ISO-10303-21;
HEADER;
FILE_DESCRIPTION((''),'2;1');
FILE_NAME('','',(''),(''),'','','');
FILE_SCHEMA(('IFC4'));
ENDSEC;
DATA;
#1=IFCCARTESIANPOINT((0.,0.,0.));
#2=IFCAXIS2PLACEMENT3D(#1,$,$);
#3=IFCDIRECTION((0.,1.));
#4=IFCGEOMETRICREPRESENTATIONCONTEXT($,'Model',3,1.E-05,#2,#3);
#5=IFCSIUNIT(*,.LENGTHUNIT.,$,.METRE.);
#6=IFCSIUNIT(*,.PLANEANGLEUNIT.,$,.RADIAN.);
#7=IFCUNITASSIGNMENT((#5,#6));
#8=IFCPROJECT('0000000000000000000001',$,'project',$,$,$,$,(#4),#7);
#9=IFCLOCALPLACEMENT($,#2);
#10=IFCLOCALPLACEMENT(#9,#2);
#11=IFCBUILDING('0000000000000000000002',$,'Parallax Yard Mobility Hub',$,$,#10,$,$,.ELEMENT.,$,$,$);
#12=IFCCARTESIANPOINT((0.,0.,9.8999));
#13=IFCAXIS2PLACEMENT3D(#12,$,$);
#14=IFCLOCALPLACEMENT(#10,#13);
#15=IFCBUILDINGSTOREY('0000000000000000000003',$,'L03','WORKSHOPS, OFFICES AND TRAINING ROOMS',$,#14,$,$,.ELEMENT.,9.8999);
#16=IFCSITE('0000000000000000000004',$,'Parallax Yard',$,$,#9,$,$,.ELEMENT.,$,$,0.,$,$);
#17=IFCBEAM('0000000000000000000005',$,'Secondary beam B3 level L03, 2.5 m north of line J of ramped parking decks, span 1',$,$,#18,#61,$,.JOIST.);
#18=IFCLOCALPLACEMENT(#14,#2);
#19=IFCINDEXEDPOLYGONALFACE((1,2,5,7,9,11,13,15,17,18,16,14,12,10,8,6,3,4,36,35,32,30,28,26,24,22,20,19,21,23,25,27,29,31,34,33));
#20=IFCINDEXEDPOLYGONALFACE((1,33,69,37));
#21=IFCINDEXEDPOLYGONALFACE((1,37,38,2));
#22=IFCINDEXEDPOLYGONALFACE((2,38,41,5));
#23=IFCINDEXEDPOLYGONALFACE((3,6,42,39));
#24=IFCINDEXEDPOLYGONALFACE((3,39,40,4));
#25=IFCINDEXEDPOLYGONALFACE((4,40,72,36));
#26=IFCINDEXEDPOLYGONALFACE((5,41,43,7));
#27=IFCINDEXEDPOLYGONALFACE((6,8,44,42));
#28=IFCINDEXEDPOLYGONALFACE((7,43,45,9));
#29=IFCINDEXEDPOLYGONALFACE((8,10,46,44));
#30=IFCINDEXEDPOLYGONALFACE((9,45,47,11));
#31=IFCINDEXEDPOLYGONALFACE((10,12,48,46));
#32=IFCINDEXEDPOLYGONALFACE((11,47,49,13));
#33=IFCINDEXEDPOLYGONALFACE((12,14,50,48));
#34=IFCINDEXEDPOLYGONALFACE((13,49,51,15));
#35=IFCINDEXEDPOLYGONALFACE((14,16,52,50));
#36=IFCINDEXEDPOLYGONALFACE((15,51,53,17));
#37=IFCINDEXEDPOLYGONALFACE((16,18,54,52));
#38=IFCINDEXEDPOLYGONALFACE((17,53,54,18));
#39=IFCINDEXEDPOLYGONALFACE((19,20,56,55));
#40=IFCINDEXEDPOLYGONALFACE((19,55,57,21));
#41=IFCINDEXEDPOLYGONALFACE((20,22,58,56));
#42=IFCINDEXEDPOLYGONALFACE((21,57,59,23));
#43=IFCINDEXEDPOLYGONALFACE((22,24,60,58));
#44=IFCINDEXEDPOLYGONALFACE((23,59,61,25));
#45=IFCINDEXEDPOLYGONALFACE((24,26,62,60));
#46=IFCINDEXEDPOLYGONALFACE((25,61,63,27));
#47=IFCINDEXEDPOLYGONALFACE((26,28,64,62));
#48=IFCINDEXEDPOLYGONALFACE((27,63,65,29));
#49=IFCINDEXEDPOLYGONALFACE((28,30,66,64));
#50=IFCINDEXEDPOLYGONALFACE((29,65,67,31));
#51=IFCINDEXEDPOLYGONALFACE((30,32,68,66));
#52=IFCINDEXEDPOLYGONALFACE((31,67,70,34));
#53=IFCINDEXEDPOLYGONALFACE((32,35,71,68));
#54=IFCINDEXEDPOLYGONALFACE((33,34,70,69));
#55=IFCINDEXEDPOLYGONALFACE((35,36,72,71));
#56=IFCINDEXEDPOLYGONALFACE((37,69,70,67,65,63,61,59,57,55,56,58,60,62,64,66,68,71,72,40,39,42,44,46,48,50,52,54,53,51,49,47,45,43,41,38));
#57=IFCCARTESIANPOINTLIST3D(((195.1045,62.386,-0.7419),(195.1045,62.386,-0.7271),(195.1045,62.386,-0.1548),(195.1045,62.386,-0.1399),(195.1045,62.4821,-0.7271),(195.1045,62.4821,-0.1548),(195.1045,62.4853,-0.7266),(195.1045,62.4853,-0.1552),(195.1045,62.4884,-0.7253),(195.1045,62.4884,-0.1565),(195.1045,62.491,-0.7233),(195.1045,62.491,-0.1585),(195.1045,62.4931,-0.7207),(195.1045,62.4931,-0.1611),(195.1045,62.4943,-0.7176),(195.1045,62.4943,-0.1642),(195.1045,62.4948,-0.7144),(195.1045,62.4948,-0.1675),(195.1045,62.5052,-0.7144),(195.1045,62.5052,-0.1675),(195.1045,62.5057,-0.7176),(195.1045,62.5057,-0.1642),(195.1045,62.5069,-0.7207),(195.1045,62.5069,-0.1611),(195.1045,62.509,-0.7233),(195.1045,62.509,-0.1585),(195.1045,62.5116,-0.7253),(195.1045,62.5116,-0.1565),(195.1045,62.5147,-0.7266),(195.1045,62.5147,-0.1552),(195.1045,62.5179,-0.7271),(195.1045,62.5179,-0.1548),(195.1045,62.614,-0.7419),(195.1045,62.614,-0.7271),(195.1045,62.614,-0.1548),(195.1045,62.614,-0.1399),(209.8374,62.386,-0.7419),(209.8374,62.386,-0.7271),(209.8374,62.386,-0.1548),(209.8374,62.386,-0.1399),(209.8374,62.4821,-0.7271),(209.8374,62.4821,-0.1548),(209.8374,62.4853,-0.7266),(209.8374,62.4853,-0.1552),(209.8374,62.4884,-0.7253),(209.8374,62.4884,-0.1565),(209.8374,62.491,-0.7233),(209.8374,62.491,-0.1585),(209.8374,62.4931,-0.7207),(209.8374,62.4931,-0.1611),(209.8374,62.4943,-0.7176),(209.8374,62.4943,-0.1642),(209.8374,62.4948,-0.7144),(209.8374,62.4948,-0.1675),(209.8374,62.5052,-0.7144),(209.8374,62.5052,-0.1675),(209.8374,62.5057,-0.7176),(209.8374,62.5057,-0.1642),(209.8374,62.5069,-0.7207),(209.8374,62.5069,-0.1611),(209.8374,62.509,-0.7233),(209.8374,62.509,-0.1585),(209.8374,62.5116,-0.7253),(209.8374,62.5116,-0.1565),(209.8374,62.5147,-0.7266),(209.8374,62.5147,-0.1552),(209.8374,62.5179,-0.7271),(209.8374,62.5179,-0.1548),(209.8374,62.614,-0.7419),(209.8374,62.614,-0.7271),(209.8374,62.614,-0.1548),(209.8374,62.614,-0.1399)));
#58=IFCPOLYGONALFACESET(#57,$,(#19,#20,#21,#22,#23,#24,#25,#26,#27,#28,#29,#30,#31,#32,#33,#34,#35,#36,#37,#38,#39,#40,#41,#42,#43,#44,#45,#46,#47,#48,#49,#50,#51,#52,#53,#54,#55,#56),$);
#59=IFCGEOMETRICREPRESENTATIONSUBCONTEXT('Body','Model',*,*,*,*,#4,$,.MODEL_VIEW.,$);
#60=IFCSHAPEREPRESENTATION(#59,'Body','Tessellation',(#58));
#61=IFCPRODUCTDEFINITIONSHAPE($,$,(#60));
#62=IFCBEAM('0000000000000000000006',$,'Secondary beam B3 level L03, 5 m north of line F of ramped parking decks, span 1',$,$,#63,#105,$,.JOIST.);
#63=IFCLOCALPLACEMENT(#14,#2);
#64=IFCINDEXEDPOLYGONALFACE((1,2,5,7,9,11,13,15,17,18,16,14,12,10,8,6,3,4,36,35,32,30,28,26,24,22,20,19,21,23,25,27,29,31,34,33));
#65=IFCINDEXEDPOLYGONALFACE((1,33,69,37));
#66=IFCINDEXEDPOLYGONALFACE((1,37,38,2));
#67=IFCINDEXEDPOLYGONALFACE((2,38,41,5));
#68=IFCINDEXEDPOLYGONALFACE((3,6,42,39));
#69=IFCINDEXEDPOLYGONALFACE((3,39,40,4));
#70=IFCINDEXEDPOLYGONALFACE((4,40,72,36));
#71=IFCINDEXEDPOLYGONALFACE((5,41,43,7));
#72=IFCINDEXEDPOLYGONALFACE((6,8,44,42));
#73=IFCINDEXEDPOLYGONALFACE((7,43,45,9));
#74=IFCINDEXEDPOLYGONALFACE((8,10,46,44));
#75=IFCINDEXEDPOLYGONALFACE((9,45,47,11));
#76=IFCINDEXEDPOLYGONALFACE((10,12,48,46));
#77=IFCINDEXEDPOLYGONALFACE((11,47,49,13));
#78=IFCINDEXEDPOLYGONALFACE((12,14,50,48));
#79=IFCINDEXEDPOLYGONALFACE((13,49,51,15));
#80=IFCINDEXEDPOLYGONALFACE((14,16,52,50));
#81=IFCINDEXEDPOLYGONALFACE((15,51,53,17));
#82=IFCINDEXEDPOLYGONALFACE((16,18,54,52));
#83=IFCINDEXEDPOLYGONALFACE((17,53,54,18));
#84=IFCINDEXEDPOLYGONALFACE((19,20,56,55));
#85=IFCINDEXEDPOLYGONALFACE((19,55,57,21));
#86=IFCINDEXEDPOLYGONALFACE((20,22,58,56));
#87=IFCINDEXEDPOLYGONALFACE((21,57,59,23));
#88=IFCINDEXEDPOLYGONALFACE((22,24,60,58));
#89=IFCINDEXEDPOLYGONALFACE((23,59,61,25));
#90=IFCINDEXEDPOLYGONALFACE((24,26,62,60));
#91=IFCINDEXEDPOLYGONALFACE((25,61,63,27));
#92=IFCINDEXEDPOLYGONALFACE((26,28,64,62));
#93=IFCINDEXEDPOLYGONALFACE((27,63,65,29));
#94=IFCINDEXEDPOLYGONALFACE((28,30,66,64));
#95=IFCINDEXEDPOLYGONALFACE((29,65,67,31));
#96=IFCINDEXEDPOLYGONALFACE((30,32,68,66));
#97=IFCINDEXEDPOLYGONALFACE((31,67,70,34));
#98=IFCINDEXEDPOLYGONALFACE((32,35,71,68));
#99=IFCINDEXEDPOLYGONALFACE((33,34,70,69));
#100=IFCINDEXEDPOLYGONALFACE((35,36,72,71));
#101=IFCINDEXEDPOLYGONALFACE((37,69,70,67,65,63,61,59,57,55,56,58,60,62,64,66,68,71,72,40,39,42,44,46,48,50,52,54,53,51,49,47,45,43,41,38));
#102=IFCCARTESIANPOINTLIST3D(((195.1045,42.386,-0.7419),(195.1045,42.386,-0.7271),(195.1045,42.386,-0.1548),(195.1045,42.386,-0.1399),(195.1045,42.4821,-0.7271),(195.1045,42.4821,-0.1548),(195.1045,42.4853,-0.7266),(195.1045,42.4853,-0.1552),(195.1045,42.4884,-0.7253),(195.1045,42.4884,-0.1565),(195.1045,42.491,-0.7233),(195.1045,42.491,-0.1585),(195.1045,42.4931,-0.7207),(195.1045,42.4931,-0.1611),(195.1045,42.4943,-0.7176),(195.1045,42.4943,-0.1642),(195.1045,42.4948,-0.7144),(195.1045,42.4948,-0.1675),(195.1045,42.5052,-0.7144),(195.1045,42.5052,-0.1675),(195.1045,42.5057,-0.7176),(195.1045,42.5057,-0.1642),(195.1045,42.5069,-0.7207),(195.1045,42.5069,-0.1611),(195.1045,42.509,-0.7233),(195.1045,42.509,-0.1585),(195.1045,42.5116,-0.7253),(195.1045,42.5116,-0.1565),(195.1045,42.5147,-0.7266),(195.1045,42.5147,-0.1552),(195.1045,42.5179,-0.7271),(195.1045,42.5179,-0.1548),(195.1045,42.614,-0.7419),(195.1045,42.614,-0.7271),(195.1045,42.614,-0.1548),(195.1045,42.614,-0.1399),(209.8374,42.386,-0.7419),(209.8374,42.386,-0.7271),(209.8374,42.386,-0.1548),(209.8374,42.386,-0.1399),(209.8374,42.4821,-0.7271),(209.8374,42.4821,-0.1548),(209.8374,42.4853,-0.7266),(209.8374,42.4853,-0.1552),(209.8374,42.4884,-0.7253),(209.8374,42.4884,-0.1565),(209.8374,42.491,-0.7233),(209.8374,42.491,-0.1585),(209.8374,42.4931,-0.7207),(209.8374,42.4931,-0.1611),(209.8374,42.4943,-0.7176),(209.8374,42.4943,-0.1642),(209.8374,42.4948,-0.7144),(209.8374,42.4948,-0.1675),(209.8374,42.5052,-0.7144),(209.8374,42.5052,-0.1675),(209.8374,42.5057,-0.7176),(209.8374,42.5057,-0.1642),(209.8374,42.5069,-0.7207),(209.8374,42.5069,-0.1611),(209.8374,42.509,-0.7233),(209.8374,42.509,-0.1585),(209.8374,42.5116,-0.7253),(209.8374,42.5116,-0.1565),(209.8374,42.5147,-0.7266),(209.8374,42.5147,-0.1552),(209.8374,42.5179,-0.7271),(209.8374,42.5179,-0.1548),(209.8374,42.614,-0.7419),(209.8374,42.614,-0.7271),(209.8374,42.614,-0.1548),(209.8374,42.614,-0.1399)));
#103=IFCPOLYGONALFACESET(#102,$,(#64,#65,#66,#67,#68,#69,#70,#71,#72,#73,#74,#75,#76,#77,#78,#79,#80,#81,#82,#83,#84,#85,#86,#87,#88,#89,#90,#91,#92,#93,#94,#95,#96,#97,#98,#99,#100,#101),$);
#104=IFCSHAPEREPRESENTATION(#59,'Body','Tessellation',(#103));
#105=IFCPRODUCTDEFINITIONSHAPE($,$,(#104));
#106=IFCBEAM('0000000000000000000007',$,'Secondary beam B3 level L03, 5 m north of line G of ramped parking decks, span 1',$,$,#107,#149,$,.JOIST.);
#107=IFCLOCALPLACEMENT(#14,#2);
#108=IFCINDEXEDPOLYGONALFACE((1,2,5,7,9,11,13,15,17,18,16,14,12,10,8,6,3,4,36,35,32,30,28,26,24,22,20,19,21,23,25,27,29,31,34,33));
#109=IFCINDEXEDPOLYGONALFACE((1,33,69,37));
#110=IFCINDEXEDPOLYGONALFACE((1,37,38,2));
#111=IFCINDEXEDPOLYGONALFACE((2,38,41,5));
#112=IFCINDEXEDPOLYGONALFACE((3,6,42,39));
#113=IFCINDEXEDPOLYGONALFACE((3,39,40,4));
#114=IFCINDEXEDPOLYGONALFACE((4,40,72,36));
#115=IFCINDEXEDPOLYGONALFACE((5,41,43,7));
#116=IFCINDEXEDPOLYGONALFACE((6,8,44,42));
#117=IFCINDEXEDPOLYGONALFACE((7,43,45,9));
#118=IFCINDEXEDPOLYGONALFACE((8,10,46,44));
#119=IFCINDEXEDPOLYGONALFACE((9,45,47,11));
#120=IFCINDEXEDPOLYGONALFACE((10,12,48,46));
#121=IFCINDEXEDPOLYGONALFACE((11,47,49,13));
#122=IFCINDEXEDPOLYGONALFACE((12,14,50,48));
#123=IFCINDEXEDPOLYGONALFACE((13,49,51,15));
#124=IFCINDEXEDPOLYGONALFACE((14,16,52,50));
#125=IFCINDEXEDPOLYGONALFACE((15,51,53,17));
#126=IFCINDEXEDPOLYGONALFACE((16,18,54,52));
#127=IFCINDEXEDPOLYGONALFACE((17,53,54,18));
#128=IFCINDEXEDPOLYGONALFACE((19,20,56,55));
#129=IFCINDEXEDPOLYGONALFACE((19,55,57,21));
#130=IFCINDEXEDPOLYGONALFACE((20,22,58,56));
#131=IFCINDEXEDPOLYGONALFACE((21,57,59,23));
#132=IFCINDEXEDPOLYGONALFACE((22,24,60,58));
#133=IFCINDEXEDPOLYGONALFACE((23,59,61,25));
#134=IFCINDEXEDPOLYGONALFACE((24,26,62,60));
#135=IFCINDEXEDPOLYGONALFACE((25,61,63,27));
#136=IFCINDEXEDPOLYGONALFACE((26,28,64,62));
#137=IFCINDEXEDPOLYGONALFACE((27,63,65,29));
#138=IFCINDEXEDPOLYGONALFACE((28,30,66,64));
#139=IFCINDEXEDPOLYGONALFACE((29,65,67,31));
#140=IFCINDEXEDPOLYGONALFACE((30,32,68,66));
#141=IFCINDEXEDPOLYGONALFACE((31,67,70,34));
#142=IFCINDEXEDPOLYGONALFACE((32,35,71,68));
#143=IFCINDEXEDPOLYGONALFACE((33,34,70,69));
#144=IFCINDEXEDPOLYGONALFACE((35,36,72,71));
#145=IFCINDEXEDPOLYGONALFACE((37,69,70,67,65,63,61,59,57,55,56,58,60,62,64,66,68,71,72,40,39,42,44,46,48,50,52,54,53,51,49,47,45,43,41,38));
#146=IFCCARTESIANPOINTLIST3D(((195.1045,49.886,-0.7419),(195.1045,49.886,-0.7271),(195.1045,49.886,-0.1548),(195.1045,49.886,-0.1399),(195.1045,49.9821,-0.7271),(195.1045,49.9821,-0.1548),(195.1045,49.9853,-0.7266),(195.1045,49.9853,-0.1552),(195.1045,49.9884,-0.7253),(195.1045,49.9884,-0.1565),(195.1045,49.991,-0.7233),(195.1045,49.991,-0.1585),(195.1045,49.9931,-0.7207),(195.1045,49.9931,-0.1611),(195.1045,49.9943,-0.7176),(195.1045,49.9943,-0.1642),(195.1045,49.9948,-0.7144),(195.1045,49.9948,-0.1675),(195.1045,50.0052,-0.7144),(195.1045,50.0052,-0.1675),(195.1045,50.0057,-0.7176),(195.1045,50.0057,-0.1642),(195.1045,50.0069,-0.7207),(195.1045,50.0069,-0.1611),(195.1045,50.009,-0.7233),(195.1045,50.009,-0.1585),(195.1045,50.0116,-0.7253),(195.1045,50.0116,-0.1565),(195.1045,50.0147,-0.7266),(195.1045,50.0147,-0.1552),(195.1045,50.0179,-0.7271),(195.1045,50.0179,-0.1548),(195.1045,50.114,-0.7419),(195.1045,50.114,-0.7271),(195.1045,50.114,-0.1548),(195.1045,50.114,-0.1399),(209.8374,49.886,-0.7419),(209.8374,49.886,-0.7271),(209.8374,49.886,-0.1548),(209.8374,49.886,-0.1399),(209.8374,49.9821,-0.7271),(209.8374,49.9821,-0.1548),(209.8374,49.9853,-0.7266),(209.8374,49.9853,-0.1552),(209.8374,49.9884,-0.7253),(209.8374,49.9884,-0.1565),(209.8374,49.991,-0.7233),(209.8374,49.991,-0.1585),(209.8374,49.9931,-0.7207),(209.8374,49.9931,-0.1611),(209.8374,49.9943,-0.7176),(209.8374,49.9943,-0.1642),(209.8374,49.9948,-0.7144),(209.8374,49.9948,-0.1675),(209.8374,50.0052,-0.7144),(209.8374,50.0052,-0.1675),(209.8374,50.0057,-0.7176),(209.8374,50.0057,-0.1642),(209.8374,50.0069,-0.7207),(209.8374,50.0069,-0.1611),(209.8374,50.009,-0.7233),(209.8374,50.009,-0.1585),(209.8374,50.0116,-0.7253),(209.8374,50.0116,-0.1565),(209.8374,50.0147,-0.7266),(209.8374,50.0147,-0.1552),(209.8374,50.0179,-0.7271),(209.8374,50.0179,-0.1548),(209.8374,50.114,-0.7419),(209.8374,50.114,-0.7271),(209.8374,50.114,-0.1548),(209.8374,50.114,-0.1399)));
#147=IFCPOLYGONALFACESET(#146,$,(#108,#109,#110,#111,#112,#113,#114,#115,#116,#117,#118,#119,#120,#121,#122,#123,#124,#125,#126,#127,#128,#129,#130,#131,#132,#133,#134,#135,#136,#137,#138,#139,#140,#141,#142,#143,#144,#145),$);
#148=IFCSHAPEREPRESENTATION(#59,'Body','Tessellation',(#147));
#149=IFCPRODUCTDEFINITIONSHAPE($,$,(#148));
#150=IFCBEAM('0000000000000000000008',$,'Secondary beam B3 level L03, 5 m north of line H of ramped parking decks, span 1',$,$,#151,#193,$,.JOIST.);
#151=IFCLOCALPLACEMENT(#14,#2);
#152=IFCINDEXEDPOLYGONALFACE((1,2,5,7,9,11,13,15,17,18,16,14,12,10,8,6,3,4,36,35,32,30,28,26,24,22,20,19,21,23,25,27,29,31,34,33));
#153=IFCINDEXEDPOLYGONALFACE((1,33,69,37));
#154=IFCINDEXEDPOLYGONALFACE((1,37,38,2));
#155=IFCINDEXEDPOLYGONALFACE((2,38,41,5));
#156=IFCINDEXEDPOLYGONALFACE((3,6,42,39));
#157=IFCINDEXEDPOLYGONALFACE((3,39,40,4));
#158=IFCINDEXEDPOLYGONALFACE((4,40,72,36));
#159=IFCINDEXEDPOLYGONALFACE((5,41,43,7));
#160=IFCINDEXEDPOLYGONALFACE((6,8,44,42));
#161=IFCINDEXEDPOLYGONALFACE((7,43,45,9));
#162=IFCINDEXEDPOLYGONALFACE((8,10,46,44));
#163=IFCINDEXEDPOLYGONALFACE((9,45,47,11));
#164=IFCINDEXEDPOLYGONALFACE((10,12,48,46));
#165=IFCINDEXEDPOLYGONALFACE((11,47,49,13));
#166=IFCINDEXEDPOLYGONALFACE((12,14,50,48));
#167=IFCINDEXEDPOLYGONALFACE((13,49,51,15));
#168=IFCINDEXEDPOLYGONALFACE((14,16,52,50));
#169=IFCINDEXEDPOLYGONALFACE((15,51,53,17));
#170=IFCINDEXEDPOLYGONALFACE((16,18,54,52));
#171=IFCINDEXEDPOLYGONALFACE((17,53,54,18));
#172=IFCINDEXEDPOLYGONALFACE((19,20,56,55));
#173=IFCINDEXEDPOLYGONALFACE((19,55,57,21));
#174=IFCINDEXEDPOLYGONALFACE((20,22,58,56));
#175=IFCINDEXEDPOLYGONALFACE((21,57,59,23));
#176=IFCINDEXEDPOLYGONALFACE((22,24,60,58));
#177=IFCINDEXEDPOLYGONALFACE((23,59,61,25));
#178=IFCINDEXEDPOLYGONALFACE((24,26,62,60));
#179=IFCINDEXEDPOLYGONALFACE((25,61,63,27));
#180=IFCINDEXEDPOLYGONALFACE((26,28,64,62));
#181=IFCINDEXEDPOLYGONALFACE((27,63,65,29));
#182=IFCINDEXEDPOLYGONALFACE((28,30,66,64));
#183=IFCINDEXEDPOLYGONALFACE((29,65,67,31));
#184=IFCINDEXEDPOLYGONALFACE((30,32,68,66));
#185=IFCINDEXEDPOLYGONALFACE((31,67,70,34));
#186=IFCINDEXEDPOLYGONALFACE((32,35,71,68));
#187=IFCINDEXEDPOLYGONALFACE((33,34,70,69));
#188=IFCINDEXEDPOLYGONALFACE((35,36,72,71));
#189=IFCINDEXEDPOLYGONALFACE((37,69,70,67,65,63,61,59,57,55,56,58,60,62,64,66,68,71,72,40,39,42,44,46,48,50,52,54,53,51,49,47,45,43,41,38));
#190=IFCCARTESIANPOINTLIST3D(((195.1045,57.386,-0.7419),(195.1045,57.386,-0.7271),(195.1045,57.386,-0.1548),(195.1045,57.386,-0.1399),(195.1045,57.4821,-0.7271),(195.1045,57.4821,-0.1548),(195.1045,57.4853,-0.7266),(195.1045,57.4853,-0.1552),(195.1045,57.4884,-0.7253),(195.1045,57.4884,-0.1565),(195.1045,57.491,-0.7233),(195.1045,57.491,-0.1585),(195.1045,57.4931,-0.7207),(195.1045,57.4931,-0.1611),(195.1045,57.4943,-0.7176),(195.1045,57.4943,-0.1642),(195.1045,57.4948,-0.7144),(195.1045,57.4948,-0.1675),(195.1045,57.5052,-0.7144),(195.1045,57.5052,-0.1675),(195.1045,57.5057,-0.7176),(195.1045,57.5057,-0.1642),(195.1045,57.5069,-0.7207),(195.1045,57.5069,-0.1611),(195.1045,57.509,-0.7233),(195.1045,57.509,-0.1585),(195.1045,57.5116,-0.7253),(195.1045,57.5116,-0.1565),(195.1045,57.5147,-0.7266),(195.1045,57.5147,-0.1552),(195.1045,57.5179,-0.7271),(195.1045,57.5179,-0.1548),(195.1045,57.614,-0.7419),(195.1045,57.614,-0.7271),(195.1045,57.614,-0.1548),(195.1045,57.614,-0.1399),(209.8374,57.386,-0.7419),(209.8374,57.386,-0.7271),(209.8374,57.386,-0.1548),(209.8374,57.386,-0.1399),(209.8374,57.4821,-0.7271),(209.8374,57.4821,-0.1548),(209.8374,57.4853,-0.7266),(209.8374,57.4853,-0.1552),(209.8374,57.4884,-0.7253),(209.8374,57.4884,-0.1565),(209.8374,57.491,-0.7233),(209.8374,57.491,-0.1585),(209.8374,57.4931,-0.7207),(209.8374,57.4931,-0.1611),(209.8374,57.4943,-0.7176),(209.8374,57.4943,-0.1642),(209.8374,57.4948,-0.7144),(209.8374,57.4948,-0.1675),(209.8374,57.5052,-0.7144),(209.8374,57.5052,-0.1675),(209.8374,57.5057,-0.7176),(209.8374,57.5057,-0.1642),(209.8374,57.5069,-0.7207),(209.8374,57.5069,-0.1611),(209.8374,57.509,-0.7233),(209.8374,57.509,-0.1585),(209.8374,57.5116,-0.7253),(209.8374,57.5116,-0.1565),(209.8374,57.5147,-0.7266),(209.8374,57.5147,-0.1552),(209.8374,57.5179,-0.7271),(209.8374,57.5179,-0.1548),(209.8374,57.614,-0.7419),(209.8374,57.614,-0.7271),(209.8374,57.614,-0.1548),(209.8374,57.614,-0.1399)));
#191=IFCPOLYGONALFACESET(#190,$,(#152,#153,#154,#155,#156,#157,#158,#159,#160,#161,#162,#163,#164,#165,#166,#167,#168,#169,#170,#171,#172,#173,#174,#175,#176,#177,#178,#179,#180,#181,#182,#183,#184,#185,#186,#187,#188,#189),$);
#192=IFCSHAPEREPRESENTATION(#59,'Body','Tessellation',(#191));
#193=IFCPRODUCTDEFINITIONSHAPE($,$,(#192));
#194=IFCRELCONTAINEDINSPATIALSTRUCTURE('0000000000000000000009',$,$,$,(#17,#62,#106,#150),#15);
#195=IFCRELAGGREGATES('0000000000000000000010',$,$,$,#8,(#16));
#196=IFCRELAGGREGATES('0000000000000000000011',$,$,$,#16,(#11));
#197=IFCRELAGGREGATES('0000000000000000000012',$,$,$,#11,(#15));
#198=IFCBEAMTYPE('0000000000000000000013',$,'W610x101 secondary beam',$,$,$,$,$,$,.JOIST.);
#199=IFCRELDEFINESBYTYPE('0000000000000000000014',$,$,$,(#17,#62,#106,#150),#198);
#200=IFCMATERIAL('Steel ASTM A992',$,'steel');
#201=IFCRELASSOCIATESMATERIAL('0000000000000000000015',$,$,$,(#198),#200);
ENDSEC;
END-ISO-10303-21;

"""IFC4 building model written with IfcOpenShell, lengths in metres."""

from ifc_helpers import new_model, si_unit, direction, frame, origin, origin_2d, place, context, subcontext, project, spatial, i_section, extrude, material, material_profile, profile_set, type_object, element, save


model = new_model("IFC4")

# Units and contexts
model_context = context("Model", 3, precision=1e-05, world=origin(), true_north=direction((0.0, 1.0)))
body_context = subcontext(model_context, "Body", "Model", "MODEL_VIEW")
ifc_project = project(units=[si_unit("LENGTHUNIT", "METRE"), si_unit("PLANEANGLEUNIT", "RADIAN")], contexts=[model_context])

# Site, building, storey
site_placement = place(None, origin())
site = spatial("IfcSite", under=ifc_project, at=site_placement, Name="Parallax Yard", CompositionType="ELEMENT", RefElevation=0.0)
building_placement = place(site_placement, origin())
building = spatial("IfcBuilding", under=site, at=building_placement, Name="Parallax Yard Mobility Hub", CompositionType="ELEMENT")
storey_placement = place(building_placement, frame((0.0, 0.0, 9.8999)))
storey = spatial("IfcBuildingStorey", under=building, at=storey_placement, Name="L03", Description="WORKSHOPS, OFFICES AND TRAINING ROOMS", CompositionType="ELEMENT", Elevation=9.8999)

# Shared definitions
ifc_material_1 = material(Name="Steel ASTM A992", Category="steel")

# Beams
ifc_material_profile_1 = material_profile(ifc_material_1, i_section(OverallWidth=0.228, OverallDepth=0.6021, WebThickness=0.0105, FlangeThickness=0.0149, FilletRadius=0.0127, at=origin_2d()), Name="W610x101")
ifc_profile_set_1 = profile_set([ifc_material_profile_1], Name="Steel ASTM A992")
beam_type_1 = type_object("IfcBeamType", Name="W610x101 secondary beam", PredefinedType="JOIST", material=ifc_profile_set_1)
for number, where, z_axis, x_axis, name in (
    (1, (195.1045, 62.5, -0.4409), (1.0, 0.0, 0.0), (0.0, 1.0, 0.0), "Secondary beam B3 level L03, 2.5 m north of line J of ramped parking decks, span 1"),
    (2, (195.1045, 42.5, -0.4409), (1.0, 0.0, 0.0), (0.0, 1.0, 0.0), "Secondary beam B3 level L03, 5 m north of line F of ramped parking decks, span 1"),
    (3, (195.1045, 50.0, -0.4409), (1.0, 0.0, 0.0), (0.0, 1.0, 0.0), "Secondary beam B3 level L03, 5 m north of line G of ramped parking decks, span 1"),
    (4, (195.1045, 57.5, -0.4409), (1.0, 0.0, 0.0), (0.0, 1.0, 0.0), "Secondary beam B3 level L03, 5 m north of line H of ramped parking decks, span 1"),
):
    element("IfcBeam", number, at=place(storey_placement, frame(where, z_axis=z_axis, x_axis=x_axis)), inside=storey, type_object=beam_type_1, Name=name, PredefinedType="JOIST", context=body_context, shape_type="SweptSolid", body=[
        extrude(i_section(OverallWidth=0.228, OverallDepth=0.6021, WebThickness=0.0105, FlangeThickness=0.0149, FilletRadius=0.0127, at=origin_2d()), origin(), (0.0, 0.0, 1.0), 14.7329),
    ])

save(model, "model.ifc")
